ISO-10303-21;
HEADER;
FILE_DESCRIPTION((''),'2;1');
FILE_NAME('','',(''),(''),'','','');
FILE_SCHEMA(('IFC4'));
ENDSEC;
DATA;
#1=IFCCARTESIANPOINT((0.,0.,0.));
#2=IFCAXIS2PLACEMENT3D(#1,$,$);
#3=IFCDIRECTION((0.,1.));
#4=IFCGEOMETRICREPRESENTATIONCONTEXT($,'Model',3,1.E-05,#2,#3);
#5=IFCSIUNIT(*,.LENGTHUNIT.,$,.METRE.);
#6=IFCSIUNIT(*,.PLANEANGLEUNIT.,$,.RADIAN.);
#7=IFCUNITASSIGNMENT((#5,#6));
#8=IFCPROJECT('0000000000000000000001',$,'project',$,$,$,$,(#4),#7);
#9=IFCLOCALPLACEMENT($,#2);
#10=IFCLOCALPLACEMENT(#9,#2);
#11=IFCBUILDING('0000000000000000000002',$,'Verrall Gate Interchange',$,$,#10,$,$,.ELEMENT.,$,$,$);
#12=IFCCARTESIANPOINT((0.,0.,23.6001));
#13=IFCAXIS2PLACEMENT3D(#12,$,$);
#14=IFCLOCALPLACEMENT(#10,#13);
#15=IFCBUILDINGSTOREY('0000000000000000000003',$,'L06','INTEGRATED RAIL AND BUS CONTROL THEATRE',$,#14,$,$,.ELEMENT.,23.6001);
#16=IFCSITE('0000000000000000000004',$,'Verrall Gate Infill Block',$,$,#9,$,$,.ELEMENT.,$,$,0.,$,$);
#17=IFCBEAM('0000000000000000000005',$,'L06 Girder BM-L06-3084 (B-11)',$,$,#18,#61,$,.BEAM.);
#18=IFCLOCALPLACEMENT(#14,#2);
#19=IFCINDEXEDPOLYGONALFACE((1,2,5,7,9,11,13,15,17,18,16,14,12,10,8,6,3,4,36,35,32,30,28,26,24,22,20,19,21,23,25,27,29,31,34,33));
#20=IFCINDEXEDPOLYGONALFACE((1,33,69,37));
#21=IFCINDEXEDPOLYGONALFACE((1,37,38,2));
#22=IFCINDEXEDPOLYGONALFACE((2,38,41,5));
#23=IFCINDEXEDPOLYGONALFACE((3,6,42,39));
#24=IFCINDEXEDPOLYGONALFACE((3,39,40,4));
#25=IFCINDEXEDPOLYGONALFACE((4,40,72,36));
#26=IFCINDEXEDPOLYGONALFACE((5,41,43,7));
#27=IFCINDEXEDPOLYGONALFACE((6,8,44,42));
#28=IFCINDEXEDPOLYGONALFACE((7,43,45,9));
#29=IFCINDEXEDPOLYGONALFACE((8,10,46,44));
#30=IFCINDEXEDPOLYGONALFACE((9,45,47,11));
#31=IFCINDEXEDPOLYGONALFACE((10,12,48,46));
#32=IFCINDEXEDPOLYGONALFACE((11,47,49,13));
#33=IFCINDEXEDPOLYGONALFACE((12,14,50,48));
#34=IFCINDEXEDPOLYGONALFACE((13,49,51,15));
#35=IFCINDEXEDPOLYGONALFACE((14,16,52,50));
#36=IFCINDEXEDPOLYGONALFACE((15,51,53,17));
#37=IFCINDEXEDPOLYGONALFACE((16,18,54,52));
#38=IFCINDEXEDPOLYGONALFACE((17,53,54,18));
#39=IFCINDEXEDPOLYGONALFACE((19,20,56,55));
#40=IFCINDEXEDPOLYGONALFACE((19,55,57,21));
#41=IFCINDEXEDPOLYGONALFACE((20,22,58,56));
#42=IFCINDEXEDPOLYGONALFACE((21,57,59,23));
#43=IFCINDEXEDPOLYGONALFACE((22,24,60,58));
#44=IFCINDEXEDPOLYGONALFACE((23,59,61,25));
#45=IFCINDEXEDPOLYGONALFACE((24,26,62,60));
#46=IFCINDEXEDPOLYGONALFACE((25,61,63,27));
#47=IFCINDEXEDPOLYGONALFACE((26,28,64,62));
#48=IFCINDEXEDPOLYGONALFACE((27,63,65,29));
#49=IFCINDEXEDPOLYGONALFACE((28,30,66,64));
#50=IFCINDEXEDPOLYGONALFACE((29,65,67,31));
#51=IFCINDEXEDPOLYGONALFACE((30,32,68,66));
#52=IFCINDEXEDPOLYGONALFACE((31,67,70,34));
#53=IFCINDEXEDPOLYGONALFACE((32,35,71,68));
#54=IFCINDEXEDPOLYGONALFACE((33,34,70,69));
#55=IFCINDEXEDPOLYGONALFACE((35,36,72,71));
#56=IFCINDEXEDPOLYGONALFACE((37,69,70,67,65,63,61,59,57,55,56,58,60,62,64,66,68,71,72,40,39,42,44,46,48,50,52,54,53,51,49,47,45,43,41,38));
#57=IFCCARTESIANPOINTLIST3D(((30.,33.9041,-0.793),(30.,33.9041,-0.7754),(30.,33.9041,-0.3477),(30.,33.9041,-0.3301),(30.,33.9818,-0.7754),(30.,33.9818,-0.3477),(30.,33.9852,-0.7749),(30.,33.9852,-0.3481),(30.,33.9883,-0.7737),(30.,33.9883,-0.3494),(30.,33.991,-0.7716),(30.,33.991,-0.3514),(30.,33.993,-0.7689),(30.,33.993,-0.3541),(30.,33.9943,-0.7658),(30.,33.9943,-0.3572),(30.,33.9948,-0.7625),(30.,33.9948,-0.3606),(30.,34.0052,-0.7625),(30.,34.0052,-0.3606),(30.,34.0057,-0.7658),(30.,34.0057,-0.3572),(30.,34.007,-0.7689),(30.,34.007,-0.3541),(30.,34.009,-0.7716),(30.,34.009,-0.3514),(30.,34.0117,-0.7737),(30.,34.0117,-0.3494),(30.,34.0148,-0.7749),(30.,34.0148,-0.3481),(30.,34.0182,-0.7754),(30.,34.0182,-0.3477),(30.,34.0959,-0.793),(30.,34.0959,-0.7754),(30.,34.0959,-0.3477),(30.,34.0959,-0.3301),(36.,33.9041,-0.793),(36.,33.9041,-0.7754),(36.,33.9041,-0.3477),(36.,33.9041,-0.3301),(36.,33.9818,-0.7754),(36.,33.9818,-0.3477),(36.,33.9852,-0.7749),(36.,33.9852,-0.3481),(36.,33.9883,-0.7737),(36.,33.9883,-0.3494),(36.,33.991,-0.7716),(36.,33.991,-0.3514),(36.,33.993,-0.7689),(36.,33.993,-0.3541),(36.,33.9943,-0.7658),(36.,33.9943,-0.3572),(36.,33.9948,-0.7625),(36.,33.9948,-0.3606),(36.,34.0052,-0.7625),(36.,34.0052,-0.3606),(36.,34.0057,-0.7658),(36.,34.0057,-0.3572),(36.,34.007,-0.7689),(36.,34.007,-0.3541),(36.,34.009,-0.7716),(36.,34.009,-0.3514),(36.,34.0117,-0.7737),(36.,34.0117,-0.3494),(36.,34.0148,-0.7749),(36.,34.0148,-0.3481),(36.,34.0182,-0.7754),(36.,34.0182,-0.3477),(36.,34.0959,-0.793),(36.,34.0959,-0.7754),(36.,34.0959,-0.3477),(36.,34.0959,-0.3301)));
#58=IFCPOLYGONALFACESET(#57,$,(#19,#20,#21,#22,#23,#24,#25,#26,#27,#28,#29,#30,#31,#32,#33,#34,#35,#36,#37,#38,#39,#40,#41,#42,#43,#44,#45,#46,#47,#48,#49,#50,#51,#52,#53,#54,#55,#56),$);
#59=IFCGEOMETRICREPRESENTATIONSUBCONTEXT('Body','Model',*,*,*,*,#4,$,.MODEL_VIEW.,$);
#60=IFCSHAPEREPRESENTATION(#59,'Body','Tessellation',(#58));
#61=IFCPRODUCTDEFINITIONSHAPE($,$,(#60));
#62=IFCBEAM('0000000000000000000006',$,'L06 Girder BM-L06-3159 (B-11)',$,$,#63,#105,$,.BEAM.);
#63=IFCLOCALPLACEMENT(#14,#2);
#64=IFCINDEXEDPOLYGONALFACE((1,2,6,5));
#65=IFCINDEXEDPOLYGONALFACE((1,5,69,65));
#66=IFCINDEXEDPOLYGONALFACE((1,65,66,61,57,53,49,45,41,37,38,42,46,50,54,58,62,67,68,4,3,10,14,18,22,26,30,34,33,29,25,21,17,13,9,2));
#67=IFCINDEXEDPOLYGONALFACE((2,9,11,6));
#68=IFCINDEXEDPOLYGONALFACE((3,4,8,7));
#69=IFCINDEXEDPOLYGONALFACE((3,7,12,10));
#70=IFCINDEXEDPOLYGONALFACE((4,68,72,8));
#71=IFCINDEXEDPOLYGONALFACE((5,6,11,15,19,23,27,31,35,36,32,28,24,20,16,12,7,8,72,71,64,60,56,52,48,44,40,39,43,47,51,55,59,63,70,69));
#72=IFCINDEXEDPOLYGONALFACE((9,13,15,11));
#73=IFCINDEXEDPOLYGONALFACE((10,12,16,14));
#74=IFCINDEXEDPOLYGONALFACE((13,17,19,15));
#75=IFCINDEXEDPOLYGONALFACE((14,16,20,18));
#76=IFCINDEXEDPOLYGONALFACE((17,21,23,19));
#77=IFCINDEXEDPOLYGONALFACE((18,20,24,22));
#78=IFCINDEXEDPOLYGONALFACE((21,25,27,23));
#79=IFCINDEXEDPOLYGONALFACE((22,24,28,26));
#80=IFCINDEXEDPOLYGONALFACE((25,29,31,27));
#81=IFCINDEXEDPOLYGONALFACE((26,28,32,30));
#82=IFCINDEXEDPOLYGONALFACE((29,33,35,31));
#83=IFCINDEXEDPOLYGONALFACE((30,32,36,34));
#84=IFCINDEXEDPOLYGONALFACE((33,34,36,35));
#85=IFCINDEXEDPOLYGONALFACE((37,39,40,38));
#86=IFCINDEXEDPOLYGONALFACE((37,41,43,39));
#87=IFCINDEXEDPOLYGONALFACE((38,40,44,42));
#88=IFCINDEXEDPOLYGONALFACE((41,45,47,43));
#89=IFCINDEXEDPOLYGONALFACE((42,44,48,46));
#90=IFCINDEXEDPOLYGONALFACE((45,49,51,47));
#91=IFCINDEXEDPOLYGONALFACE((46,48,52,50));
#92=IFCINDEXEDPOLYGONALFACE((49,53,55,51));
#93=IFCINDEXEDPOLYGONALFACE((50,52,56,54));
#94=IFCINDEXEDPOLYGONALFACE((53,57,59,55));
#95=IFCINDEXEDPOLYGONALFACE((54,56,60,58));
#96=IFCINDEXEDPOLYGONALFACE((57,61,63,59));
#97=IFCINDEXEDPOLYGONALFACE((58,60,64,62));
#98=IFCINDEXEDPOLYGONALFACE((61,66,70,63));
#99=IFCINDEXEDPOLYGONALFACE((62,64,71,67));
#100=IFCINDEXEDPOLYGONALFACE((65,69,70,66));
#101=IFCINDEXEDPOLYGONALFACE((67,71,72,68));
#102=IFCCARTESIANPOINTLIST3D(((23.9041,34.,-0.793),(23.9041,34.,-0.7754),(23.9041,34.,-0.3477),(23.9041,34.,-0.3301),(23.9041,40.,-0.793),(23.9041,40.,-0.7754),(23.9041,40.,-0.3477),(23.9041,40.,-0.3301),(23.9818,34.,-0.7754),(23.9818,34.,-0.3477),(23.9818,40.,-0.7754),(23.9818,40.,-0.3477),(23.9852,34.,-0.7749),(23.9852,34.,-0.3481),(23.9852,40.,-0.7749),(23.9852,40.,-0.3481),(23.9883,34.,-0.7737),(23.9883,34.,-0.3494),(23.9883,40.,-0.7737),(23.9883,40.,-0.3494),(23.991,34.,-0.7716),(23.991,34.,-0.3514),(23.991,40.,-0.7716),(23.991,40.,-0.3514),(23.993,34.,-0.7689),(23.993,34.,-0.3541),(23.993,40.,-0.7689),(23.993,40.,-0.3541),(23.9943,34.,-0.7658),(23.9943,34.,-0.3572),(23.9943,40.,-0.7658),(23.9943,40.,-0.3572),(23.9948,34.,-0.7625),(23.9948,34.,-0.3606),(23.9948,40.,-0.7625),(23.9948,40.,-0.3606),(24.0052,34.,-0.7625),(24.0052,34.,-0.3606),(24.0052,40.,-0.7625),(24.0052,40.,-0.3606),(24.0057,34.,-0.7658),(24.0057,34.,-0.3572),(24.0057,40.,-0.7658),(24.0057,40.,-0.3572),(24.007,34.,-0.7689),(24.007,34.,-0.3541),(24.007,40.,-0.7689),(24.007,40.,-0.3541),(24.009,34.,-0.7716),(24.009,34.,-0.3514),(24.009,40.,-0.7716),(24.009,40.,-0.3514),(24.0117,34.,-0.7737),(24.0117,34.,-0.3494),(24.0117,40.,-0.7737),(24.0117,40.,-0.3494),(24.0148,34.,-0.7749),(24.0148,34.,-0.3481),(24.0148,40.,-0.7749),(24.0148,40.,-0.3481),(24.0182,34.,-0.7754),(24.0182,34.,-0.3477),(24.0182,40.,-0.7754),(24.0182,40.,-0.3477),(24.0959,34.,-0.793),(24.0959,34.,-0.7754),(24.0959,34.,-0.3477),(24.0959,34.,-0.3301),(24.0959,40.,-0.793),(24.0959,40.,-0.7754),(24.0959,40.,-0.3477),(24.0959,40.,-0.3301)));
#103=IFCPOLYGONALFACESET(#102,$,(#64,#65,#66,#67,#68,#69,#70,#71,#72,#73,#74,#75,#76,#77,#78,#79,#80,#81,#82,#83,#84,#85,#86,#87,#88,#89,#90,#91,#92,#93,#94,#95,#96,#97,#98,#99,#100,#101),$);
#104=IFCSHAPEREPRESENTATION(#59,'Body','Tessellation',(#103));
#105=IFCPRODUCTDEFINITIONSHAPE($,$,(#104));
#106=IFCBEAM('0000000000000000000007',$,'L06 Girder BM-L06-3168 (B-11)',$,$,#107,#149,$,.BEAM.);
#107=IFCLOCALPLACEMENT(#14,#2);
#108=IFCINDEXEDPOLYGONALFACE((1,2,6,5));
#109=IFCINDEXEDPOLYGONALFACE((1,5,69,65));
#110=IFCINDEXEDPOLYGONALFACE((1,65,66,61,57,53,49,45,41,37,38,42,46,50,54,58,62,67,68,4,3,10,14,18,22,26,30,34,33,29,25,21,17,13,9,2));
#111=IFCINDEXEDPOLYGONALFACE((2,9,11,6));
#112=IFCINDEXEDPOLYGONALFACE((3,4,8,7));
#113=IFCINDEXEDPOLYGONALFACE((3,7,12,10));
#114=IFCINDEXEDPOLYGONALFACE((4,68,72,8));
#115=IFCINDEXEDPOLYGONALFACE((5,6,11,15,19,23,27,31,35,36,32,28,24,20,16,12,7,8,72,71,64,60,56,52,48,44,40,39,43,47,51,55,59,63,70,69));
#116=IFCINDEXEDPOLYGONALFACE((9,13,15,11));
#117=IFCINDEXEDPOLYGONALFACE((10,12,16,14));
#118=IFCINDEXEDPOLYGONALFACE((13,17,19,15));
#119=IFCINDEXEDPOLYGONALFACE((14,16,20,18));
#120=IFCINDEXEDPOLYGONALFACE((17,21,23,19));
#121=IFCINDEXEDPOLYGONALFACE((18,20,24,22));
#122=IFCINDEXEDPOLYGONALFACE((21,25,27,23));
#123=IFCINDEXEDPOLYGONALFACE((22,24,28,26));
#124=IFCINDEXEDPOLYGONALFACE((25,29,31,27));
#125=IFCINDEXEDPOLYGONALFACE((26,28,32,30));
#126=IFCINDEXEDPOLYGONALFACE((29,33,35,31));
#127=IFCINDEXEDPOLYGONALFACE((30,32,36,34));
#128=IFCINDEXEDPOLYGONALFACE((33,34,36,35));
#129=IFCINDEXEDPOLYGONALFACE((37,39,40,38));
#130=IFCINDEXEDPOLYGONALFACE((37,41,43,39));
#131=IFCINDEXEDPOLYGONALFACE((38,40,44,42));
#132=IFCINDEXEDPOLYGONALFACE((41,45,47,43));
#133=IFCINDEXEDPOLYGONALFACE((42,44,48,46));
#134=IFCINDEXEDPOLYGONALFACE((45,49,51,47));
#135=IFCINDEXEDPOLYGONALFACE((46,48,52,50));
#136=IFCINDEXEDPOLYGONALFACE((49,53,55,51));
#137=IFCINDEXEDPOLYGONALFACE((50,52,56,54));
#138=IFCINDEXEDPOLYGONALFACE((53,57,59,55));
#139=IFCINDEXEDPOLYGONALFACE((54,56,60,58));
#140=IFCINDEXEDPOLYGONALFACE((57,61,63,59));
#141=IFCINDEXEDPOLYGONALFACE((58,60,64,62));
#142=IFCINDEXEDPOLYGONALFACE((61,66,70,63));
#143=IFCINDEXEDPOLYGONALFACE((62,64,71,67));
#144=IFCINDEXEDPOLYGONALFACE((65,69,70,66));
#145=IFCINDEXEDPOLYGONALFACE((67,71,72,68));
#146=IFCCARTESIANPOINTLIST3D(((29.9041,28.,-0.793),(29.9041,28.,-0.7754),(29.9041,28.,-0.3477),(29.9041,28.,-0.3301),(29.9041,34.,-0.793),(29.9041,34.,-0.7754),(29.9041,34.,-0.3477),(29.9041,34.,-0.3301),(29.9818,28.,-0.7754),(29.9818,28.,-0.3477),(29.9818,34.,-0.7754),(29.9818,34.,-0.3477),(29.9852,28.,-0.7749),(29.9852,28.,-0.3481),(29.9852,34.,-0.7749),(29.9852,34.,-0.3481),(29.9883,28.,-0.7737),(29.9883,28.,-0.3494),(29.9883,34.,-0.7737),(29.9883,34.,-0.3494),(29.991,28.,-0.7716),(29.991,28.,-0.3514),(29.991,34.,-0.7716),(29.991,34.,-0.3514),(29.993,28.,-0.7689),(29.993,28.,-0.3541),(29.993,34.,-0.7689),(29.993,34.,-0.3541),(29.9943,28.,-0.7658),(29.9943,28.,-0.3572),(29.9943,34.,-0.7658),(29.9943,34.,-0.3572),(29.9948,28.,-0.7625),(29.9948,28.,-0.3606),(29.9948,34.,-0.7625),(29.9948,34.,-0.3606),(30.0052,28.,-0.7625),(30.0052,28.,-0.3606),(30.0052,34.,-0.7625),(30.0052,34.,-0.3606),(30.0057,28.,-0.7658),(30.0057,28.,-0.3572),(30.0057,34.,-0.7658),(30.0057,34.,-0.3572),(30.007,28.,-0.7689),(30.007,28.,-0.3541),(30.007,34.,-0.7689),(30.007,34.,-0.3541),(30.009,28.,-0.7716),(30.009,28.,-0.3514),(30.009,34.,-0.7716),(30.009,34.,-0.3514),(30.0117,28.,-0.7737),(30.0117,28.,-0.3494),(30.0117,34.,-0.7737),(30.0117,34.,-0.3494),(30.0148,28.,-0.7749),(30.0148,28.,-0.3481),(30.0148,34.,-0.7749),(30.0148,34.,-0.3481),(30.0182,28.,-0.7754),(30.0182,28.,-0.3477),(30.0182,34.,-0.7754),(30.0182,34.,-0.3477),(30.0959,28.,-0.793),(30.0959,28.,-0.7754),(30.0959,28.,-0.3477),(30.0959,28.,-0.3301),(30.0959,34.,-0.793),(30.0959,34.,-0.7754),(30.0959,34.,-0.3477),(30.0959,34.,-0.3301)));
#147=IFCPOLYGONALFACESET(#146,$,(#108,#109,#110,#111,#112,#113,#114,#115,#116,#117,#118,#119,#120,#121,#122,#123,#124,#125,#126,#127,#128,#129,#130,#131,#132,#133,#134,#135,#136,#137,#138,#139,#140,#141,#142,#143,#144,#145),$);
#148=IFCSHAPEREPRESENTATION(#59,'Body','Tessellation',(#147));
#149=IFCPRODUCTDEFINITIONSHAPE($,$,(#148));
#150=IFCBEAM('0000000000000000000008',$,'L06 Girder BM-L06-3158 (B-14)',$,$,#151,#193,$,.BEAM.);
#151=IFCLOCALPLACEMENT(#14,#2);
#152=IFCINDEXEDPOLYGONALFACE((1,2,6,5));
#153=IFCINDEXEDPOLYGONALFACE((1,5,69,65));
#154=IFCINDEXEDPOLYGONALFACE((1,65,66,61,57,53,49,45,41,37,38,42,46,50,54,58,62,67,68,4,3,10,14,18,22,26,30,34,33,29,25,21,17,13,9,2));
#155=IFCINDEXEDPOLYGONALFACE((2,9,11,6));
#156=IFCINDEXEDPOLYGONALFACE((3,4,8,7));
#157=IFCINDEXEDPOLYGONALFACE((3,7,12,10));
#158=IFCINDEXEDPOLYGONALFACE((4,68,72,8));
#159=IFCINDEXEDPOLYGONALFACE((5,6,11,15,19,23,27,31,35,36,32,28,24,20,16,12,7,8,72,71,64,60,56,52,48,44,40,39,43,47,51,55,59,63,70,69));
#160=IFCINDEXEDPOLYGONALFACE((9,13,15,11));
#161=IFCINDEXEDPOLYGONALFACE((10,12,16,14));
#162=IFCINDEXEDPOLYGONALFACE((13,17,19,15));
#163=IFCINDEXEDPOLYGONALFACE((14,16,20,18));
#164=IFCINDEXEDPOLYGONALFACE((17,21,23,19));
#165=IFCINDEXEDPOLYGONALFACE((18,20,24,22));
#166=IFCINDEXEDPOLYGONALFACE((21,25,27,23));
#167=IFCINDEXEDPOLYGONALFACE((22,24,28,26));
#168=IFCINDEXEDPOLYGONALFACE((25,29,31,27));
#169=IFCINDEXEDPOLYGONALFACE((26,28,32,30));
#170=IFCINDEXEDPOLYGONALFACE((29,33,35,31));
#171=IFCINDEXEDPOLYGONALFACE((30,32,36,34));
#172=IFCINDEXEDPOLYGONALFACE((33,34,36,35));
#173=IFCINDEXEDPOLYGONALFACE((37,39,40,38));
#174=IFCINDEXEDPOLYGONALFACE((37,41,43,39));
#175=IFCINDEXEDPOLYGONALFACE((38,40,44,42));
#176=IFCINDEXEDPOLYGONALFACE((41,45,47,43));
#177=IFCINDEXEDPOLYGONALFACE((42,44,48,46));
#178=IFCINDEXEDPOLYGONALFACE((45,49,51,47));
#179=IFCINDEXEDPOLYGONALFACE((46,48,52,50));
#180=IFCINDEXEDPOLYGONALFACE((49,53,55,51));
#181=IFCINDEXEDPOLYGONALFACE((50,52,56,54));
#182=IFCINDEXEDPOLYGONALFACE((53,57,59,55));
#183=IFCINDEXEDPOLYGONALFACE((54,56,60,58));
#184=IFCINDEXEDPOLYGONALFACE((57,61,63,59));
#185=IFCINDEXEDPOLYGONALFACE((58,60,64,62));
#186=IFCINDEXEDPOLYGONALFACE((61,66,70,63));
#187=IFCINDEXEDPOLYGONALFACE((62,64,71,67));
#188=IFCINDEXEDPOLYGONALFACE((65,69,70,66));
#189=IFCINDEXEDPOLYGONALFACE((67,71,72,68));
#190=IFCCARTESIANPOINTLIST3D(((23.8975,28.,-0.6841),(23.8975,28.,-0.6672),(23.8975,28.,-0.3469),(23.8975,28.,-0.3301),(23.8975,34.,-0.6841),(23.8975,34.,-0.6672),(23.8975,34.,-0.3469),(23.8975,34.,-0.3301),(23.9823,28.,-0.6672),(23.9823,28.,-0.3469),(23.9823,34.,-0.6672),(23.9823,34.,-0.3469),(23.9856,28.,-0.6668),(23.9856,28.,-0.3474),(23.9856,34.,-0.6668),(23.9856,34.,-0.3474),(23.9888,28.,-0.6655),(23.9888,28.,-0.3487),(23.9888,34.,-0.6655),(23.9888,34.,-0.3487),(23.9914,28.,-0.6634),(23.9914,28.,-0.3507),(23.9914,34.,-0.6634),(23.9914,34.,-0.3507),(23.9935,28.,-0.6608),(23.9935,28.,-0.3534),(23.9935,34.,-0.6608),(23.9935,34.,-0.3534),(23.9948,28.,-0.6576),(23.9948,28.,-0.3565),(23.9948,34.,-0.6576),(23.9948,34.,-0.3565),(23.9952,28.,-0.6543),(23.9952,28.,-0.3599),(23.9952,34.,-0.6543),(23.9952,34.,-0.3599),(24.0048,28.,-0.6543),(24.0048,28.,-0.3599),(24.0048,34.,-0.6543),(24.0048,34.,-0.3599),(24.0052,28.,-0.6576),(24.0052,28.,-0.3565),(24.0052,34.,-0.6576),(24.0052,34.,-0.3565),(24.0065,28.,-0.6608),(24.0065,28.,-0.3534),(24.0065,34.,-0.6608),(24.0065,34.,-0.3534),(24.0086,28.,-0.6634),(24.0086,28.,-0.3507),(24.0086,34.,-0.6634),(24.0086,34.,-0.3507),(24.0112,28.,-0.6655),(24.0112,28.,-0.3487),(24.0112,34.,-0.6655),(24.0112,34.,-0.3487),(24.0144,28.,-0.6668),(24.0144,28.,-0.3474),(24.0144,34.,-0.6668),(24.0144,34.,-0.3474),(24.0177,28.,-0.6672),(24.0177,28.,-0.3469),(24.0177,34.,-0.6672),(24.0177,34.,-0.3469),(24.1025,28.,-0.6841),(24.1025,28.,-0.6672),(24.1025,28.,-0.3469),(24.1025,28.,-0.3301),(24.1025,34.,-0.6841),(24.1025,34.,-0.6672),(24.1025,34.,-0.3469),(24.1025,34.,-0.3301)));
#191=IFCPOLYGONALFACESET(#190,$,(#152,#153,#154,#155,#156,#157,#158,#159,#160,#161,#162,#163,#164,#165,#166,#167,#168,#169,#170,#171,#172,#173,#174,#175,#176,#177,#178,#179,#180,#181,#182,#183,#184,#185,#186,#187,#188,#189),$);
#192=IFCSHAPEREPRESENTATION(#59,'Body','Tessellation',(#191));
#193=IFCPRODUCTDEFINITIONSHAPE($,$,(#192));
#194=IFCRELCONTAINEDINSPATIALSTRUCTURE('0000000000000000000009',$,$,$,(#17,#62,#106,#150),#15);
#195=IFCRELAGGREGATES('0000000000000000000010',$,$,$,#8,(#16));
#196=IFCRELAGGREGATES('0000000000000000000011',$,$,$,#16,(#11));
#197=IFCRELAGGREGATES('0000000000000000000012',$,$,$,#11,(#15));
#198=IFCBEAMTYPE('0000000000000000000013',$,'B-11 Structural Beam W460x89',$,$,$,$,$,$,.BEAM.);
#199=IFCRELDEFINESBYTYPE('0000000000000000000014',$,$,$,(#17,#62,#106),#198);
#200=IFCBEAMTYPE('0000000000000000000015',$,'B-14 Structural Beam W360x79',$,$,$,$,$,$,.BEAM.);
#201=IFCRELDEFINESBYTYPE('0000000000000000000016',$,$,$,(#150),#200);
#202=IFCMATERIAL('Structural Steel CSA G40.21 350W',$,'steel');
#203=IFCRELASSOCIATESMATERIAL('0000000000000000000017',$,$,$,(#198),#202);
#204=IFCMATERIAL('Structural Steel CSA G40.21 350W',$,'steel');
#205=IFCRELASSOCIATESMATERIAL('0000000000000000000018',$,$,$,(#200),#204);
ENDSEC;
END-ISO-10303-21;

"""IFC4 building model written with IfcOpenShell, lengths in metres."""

from ifc_helpers import new_model, si_unit, direction, frame, origin, origin_2d, place, context, subcontext, project, spatial, i_section, extrude, material, material_profile, profile_set, type_object, element, save


model = new_model("IFC4")

# Units and contexts
model_context = context("Model", 3, precision=1e-05, world=origin(), true_north=direction((0.0, 1.0)))
body_context = subcontext(model_context, "Body", "Model", "MODEL_VIEW")
ifc_project = project(units=[si_unit("LENGTHUNIT", "METRE"), si_unit("PLANEANGLEUNIT", "RADIAN")], contexts=[model_context])

# Site, building, storey
site_placement = place(None, origin())
site = spatial("IfcSite", under=ifc_project, at=site_placement, Name="Verrall Gate Infill Block", CompositionType="ELEMENT", RefElevation=0.0)
building_placement = place(site_placement, origin())
building = spatial("IfcBuilding", under=site, at=building_placement, Name="Verrall Gate Interchange", CompositionType="ELEMENT")
storey_placement = place(building_placement, frame((0.0, 0.0, 23.6001)))
storey = spatial("IfcBuildingStorey", under=building, at=storey_placement, Name="L06", Description="INTEGRATED RAIL AND BUS CONTROL THEATRE", CompositionType="ELEMENT", Elevation=23.6001)

# Beams
ifc_material_1 = material(Name="Structural Steel CSA G40.21 350W", Category="steel")
ifc_material_profile_1 = material_profile(ifc_material_1, i_section(OverallWidth=0.1919, OverallDepth=0.4629, WebThickness=0.0105, FlangeThickness=0.0176, FilletRadius=0.0129, at=origin_2d()), Name="W460x89")
ifc_profile_set_1 = profile_set([ifc_material_profile_1], Name="Structural Steel CSA G40.21 350W")
beam_type_1 = type_object("IfcBeamType", Name="B-11 Structural Beam W460x89", PredefinedType="BEAM", material=ifc_profile_set_1)
for number, where, z_axis, x_axis, name in (
    (1, (30.0, 34.0, -0.5615), (1.0, 0.0, 0.0), (0.0, 1.0, 0.0), "L06 Girder BM-L06-3084 (B-11)"),
    (2, (24.0, 34.0, -0.5615), (0.0, 1.0, 0.0), (-1.0, 0.0, 0.0), "L06 Girder BM-L06-3159 (B-11)"),
    (3, (30.0, 28.0, -0.5615), (0.0, 1.0, 0.0), (-1.0, 0.0, 0.0), "L06 Girder BM-L06-3168 (B-11)"),
):
    element("IfcBeam", number, at=place(storey_placement, frame(where, z_axis=z_axis, x_axis=x_axis)), inside=storey, type_object=beam_type_1, Name=name, PredefinedType="BEAM", context=body_context, shape_type="SweptSolid", body=[
        extrude(i_section(OverallWidth=0.1919, OverallDepth=0.4629, WebThickness=0.0105, FlangeThickness=0.0176, FilletRadius=0.0129, at=origin_2d()), origin(), (0.0, 0.0, 1.0), 6.0),
    ])
ifc_material_2 = material(Name="Structural Steel CSA G40.21 350W", Category="steel")
ifc_material_profile_2 = material_profile(ifc_material_2, i_section(OverallWidth=0.2051, OverallDepth=0.354, WebThickness=0.0095, FlangeThickness=0.0168, FilletRadius=0.0129, at=origin_2d()), Name="W360x79")
ifc_profile_set_2 = profile_set([ifc_material_profile_2], Name="Structural Steel CSA G40.21 350W")
beam_type_2 = type_object("IfcBeamType", Name="B-14 Structural Beam W360x79", PredefinedType="BEAM", material=ifc_profile_set_2)
for number, where, z_axis, x_axis, name in (
    (4, (24.0, 28.0, -0.5071), (0.0, 1.0, 0.0), (-1.0, 0.0, 0.0), "L06 Girder BM-L06-3158 (B-14)"),
):
    element("IfcBeam", number, at=place(storey_placement, frame(where, z_axis=z_axis, x_axis=x_axis)), inside=storey, type_object=beam_type_2, Name=name, PredefinedType="BEAM", context=body_context, shape_type="SweptSolid", body=[
        extrude(i_section(OverallWidth=0.2051, OverallDepth=0.354, WebThickness=0.0095, FlangeThickness=0.0168, FilletRadius=0.0129, at=origin_2d()), origin(), (0.0, 0.0, 1.0), 6.0),
    ])

save(model, "model.ifc")
